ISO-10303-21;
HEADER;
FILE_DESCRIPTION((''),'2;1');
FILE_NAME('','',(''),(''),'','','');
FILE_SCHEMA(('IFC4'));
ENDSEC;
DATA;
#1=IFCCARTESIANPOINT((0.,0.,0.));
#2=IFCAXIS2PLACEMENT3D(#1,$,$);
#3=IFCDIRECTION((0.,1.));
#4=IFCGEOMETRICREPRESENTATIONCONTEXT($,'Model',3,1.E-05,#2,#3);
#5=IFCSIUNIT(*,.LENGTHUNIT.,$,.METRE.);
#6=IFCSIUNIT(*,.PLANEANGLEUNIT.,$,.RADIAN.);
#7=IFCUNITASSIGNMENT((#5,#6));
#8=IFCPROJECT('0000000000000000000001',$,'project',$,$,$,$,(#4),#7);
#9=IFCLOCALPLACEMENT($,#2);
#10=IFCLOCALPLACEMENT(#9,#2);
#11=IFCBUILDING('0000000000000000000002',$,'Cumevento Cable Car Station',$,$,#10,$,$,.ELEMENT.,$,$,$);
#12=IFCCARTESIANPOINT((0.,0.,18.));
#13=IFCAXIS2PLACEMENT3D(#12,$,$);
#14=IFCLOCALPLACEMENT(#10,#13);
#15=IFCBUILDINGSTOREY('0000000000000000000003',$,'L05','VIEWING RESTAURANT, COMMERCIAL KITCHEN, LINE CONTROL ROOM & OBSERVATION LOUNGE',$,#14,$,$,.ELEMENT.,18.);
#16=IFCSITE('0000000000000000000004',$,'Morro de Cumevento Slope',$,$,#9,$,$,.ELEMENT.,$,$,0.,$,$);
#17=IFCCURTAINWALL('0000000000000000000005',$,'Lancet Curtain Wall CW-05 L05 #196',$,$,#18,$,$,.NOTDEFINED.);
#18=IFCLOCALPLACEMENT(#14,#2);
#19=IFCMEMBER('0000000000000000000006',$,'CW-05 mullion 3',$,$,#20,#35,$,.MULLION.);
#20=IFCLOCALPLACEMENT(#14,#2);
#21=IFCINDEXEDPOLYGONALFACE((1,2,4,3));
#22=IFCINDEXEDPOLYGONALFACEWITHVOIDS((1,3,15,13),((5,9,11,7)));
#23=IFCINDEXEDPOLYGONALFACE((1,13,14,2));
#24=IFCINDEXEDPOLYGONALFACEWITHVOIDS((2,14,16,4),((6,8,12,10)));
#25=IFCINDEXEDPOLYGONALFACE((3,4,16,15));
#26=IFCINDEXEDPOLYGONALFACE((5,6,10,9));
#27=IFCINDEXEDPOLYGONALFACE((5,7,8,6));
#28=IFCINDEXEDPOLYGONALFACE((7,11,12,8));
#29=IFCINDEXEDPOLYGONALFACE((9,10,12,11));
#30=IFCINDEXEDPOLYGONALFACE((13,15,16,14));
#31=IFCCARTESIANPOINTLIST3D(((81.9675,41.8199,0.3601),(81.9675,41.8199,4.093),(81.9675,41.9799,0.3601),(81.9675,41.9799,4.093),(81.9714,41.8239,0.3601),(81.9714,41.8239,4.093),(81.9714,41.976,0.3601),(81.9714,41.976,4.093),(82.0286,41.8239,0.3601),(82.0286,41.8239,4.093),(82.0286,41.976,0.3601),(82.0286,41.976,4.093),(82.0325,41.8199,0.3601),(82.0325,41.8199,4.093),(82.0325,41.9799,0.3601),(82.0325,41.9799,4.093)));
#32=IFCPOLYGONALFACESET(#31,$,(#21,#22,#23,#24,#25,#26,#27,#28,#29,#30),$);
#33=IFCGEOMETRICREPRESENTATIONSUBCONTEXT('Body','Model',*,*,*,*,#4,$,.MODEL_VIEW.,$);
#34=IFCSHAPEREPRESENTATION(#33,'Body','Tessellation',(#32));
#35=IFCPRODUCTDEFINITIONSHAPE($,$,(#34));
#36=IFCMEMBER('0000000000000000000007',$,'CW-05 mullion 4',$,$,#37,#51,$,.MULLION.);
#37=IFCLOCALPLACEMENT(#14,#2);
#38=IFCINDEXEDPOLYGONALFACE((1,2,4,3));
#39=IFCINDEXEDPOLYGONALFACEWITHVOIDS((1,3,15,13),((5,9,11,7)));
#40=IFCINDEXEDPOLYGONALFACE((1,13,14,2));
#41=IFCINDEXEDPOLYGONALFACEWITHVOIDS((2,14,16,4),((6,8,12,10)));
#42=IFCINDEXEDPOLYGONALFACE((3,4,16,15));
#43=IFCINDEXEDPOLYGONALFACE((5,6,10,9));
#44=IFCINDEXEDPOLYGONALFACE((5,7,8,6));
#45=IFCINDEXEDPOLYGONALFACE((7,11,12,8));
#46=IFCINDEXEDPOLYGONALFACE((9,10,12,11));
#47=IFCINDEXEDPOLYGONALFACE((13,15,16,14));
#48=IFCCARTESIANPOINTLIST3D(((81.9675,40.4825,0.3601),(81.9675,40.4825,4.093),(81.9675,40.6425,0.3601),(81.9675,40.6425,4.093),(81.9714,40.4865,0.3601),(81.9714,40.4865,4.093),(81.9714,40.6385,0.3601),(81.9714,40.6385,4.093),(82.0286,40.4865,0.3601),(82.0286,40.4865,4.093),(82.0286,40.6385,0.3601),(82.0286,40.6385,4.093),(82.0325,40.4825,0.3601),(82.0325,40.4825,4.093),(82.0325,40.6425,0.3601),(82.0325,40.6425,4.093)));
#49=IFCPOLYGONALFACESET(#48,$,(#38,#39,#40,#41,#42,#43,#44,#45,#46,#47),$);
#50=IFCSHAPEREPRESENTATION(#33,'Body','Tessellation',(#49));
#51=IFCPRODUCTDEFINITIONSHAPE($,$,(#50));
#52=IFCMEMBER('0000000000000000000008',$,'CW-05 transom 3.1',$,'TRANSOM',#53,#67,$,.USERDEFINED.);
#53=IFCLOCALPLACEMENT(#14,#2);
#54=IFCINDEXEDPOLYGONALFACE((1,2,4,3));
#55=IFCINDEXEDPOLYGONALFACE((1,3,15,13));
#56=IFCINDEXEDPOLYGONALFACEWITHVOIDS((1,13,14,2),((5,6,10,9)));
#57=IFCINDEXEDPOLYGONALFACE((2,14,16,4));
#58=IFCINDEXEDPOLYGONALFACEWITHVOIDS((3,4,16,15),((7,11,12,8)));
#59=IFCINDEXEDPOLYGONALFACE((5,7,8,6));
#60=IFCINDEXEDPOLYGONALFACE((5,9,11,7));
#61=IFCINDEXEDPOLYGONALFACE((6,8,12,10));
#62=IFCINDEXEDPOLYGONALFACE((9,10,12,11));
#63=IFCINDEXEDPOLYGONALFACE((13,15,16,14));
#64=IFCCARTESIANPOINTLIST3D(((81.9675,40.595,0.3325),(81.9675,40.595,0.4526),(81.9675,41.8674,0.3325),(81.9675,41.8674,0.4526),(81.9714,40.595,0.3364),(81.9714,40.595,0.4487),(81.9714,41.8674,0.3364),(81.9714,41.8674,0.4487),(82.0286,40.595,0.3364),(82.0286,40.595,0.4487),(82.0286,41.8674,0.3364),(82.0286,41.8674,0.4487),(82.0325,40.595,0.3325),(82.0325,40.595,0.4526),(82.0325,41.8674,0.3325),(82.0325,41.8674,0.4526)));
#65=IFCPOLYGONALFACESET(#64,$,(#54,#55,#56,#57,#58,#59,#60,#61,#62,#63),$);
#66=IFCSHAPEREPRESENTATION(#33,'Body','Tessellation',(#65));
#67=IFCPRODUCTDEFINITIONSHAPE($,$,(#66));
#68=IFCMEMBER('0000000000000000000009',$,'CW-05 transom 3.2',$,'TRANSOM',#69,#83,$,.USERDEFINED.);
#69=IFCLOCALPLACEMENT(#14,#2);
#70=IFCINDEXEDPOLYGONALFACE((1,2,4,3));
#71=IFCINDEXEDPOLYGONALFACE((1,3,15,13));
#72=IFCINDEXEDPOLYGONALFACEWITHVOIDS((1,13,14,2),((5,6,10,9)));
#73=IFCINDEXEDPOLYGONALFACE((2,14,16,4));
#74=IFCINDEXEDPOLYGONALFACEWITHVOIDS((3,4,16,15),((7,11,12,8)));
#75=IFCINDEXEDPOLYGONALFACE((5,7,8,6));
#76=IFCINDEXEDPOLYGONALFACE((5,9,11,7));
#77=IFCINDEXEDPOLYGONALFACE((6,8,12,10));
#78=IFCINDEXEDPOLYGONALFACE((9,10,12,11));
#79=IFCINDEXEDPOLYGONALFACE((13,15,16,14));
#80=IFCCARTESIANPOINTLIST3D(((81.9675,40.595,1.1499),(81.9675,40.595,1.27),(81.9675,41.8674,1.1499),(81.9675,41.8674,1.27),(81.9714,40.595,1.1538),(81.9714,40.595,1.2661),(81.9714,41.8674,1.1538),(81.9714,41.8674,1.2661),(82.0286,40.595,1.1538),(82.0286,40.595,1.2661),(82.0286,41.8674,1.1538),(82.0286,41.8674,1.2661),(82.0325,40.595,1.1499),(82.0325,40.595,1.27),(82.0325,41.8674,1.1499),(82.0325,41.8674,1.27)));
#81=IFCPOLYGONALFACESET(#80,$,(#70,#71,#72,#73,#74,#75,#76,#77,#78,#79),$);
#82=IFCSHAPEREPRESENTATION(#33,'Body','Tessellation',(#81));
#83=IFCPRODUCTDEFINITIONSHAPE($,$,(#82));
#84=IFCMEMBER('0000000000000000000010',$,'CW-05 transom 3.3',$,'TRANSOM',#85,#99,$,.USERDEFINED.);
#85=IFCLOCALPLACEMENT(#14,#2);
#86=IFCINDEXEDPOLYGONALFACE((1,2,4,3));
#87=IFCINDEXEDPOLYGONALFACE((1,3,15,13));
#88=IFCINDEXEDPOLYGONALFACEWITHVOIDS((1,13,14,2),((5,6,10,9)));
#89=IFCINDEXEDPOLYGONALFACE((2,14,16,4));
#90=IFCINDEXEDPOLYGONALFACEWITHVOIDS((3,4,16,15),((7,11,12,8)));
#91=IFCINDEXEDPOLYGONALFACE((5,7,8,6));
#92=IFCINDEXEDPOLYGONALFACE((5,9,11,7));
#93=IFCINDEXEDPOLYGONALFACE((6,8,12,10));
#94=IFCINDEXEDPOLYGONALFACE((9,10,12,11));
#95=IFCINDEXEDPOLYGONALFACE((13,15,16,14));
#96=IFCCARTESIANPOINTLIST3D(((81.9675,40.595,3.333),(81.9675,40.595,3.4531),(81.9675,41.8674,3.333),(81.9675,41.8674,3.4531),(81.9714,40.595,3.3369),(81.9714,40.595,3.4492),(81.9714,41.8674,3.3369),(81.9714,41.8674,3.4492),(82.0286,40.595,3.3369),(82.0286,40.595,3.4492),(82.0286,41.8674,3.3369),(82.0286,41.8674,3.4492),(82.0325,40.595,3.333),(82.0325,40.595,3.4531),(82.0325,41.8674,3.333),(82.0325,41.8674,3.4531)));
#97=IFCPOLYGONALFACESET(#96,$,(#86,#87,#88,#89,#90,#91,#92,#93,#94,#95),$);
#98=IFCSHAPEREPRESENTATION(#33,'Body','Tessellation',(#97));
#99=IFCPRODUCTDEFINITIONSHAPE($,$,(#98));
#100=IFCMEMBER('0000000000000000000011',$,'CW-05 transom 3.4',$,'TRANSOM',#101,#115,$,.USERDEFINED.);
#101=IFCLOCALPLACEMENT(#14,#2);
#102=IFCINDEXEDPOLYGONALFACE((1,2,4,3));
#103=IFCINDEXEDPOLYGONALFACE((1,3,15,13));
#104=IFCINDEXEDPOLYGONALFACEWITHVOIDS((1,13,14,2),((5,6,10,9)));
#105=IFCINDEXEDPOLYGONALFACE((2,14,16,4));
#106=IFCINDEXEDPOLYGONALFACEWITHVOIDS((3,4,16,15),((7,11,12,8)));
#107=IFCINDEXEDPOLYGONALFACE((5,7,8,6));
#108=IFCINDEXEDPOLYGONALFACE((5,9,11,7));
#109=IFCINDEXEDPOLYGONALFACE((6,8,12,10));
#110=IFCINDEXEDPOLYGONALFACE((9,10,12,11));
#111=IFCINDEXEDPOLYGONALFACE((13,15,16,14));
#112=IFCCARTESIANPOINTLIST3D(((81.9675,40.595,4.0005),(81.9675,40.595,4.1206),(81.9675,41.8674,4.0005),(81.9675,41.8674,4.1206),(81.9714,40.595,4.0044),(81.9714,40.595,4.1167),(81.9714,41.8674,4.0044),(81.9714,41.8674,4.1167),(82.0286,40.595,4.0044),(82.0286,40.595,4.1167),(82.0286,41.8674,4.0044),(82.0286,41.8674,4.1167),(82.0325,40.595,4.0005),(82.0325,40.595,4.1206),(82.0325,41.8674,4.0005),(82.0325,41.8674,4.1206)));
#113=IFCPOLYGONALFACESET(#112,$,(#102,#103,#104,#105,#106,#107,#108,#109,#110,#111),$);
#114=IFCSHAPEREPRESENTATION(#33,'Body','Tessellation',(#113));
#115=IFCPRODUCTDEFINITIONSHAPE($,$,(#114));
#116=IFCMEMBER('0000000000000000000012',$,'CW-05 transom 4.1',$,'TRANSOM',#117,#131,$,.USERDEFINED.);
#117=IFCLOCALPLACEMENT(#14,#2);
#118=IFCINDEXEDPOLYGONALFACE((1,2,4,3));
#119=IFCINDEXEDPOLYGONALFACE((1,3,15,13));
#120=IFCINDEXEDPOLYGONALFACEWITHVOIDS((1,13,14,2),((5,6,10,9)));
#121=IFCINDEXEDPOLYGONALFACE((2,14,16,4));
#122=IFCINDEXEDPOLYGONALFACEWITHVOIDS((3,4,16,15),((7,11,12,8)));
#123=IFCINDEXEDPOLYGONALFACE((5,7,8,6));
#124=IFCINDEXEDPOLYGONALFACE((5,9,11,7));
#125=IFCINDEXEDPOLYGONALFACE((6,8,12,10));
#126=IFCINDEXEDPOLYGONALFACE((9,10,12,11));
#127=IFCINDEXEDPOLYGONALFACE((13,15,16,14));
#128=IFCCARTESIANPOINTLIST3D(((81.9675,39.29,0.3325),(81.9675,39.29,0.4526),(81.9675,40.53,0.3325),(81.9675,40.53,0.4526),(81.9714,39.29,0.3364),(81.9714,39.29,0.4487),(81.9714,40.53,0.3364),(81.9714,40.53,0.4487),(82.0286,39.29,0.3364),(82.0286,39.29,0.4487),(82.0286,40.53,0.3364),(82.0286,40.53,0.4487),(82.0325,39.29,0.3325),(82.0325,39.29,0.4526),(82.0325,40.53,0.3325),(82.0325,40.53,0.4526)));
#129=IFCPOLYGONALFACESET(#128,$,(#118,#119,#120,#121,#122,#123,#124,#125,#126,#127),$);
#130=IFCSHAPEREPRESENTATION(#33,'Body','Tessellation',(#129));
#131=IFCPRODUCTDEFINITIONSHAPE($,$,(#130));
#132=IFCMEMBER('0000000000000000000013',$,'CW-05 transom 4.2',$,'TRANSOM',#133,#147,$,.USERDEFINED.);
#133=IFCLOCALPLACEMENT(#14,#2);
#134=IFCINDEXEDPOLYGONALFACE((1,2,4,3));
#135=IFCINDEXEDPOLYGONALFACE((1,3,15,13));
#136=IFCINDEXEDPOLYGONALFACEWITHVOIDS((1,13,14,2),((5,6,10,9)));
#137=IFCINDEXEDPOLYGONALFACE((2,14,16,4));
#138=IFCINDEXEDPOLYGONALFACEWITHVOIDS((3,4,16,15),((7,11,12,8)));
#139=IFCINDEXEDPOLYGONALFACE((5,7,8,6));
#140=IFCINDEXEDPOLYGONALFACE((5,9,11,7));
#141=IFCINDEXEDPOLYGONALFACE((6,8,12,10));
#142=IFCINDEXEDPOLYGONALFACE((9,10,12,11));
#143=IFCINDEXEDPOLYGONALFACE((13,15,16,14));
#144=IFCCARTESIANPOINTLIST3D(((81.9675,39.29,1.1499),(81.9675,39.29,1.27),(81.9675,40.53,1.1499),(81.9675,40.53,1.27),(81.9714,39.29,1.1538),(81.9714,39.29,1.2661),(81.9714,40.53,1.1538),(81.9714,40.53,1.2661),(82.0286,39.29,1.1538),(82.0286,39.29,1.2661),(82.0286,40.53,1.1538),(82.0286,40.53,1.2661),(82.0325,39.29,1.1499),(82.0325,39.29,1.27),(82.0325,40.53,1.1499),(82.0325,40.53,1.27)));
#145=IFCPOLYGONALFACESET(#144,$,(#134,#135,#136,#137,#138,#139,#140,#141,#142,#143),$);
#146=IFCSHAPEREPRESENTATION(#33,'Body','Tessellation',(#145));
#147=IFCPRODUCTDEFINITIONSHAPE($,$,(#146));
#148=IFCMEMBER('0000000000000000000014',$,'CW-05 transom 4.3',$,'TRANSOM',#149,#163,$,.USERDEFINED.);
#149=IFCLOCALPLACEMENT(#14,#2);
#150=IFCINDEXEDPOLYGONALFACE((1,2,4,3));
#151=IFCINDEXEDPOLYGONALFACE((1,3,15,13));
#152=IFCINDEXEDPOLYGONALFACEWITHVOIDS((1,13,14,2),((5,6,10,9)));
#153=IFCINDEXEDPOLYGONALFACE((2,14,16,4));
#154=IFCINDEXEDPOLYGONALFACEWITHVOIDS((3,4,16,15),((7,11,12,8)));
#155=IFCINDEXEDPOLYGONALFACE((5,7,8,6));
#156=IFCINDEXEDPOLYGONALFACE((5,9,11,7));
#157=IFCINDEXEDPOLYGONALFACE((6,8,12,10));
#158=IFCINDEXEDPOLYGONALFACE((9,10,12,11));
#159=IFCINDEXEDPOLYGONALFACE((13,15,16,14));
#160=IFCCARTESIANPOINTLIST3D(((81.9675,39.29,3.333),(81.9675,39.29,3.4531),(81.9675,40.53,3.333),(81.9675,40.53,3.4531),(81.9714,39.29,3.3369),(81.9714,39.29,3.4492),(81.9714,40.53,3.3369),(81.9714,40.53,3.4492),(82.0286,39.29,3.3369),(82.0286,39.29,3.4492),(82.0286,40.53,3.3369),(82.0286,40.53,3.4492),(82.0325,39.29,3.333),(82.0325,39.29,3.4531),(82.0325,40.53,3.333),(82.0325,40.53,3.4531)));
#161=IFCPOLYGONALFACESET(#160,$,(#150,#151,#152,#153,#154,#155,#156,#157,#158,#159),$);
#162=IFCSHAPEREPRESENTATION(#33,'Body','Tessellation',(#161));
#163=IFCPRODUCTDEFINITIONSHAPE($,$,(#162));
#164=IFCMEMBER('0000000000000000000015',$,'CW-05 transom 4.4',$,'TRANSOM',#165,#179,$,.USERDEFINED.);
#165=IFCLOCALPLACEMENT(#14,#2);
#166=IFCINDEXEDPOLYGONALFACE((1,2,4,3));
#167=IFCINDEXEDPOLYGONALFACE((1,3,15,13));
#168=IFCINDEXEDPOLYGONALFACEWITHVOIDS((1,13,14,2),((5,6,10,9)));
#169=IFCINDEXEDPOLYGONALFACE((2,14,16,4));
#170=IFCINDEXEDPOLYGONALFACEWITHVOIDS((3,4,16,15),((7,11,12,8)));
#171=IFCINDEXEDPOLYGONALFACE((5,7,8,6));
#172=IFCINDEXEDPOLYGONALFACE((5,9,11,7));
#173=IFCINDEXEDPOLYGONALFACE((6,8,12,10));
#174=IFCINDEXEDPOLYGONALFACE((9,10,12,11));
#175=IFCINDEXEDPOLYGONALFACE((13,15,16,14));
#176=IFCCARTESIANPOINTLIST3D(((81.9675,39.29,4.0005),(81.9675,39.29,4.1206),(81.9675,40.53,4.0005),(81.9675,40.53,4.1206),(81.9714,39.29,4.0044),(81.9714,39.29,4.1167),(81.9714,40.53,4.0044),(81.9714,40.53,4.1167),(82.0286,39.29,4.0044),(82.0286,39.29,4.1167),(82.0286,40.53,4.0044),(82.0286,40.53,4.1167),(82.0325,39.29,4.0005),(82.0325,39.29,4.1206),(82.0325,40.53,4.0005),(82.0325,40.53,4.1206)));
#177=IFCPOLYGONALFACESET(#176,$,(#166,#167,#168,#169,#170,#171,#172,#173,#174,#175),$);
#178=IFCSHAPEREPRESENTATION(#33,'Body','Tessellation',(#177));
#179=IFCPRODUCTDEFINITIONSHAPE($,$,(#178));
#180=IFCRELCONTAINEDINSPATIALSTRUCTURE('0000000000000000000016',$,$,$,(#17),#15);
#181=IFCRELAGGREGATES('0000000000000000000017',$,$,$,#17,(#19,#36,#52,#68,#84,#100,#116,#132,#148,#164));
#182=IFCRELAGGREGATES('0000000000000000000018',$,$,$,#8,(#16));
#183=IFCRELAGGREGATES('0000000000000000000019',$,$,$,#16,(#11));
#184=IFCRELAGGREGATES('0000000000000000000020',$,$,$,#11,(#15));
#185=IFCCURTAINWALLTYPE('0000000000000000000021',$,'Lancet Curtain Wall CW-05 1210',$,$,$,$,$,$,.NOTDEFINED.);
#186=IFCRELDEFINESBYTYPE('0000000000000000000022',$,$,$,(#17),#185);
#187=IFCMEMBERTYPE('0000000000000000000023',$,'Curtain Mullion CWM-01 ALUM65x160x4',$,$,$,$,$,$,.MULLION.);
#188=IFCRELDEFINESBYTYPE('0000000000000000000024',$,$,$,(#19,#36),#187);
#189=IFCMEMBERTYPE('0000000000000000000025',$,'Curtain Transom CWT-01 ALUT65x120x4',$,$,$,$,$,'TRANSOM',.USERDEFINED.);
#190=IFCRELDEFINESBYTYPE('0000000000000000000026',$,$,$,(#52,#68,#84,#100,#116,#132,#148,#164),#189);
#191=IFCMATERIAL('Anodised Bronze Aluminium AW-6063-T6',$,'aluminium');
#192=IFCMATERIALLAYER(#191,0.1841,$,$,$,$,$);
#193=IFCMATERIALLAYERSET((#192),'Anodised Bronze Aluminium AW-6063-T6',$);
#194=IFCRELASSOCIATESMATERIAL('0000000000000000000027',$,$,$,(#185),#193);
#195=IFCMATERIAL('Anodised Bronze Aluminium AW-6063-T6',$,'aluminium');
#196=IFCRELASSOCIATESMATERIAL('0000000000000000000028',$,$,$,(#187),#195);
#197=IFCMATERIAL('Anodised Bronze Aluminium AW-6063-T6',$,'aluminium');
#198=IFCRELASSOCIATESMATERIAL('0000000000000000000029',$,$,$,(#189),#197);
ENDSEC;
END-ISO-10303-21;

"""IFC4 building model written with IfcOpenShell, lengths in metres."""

from ifc_helpers import new_model, si_unit, direction, frame, origin, origin_2d, place, context, subcontext, project, spatial, hollow_rectangle, extrude, material, layer, layer_set, material_profile, profile_set, type_object, element, aggregate, save


model = new_model("IFC4")

# Units and contexts
model_context = context("Model", 3, precision=1e-05, world=origin(), true_north=direction((0.0, 1.0)))
body_context = subcontext(model_context, "Body", "Model", "MODEL_VIEW")
ifc_project = project(units=[si_unit("LENGTHUNIT", "METRE"), si_unit("PLANEANGLEUNIT", "RADIAN")], contexts=[model_context])

# Site, building, storey
site_placement = place(None, origin())
site = spatial("IfcSite", under=ifc_project, at=site_placement, Name="Morro de Cumevento Slope", CompositionType="ELEMENT", RefElevation=0.0)
building_placement = place(site_placement, origin())
building = spatial("IfcBuilding", under=site, at=building_placement, Name="Cumevento Cable Car Station", CompositionType="ELEMENT")
storey_placement = place(building_placement, frame((0.0, 0.0, 18.0)))
storey = spatial("IfcBuildingStorey", under=building, at=storey_placement, Name="L05", Description="VIEWING RESTAURANT, COMMERCIAL KITCHEN, LINE CONTROL ROOM & OBSERVATION LOUNGE", CompositionType="ELEMENT", Elevation=18.0)

# Curtain wall, members
ifc_material_1 = material(Name="Anodised Bronze Aluminium AW-6063-T6", Category="aluminium")
ifc_layer_1 = layer(ifc_material_1, 0.1841)
ifc_layer_set_1 = layer_set([ifc_layer_1], Name="Anodised Bronze Aluminium AW-6063-T6")
curtain_wall_type = type_object("IfcCurtainWallType", Name="Lancet Curtain Wall CW-05 1210", PredefinedType="NOTDEFINED", material=ifc_layer_set_1)
curtain_wall_placement = place(storey_placement, origin())
curtain_wall = element("IfcCurtainWall", 1, at=curtain_wall_placement, inside=storey, type_object=curtain_wall_type, Name="Lancet Curtain Wall CW-05 L05 #196", PredefinedType="NOTDEFINED")
ifc_material_2 = material(Name="Anodised Bronze Aluminium AW-6063-T6", Category="aluminium")
ifc_material_profile_1 = material_profile(ifc_material_2, hollow_rectangle(XDim=0.0649, YDim=0.1599, WallThickness=0.0039, at=origin_2d()), Name="ALUM65x160x4")
ifc_profile_set_1 = profile_set([ifc_material_profile_1], Name="Anodised Bronze Aluminium AW-6063-T6")
member_type_1 = type_object("IfcMemberType", Name="Curtain Mullion CWM-01 ALUM65x160x4", PredefinedType="MULLION", material=ifc_profile_set_1)
member_1_placement = place(storey_placement, frame((82.0, 41.8999, 0.3601), z_axis=(0.0, 0.0, 1.0), x_axis=(1.0, 0.0, 0.0)))
member_1 = element("IfcMember", 2, at=member_1_placement, type_object=member_type_1, Name="CW-05 mullion 3", PredefinedType="MULLION", context=body_context, shape_type="SweptSolid", body=[
    extrude(hollow_rectangle(XDim=0.0649, YDim=0.1599, WallThickness=0.0039, at=origin_2d()), origin(), (0.0, 0.0, 1.0), 3.7329),
])
member_2_placement = place(storey_placement, frame((82.0, 40.5625, 0.3601), z_axis=(0.0, 0.0, 1.0), x_axis=(1.0, 0.0, 0.0)))
member_2 = element("IfcMember", 3, at=member_2_placement, type_object=member_type_1, Name="CW-05 mullion 4", PredefinedType="MULLION", context=body_context, shape_type="SweptSolid", body=[
    extrude(hollow_rectangle(XDim=0.0649, YDim=0.1599, WallThickness=0.0039, at=origin_2d()), origin(), (0.0, 0.0, 1.0), 3.7329),
])
ifc_material_3 = material(Name="Anodised Bronze Aluminium AW-6063-T6", Category="aluminium")
ifc_material_profile_2 = material_profile(ifc_material_3, hollow_rectangle(XDim=0.0649, YDim=0.1201, WallThickness=0.0039, at=origin_2d()), Name="ALUT65x120x4")
ifc_profile_set_2 = profile_set([ifc_material_profile_2], Name="Anodised Bronze Aluminium AW-6063-T6")
member_type_2 = type_object("IfcMemberType", Name="Curtain Transom CWT-01 ALUT65x120x4", ElementType="TRANSOM", PredefinedType="USERDEFINED", material=ifc_profile_set_2)
member_3_placement = place(storey_placement, frame((82.0, 41.8674, 0.3926), z_axis=(0.0, -1.0, 0.0), x_axis=(1.0, 0.0, 0.0)))
member_3 = element("IfcMember", 4, at=member_3_placement, type_object=member_type_2, Name="CW-05 transom 3.1", ObjectType="TRANSOM", PredefinedType="USERDEFINED", context=body_context, shape_type="SweptSolid", body=[
    extrude(hollow_rectangle(XDim=0.0649, YDim=0.1201, WallThickness=0.0039, at=origin_2d()), origin(), (0.0, 0.0, 1.0), 1.2725),
])
member_4_placement = place(storey_placement, frame((82.0, 41.8674, 1.21), z_axis=(0.0, -1.0, 0.0), x_axis=(1.0, 0.0, 0.0)))
member_4 = element("IfcMember", 5, at=member_4_placement, type_object=member_type_2, Name="CW-05 transom 3.2", ObjectType="TRANSOM", PredefinedType="USERDEFINED", context=body_context, shape_type="SweptSolid", body=[
    extrude(hollow_rectangle(XDim=0.0649, YDim=0.1201, WallThickness=0.0039, at=origin_2d()), origin(), (0.0, 0.0, 1.0), 1.2725),
])
member_5_placement = place(storey_placement, frame((82.0, 41.8674, 3.3931), z_axis=(0.0, -1.0, 0.0), x_axis=(1.0, 0.0, 0.0)))
member_5 = element("IfcMember", 6, at=member_5_placement, type_object=member_type_2, Name="CW-05 transom 3.3", ObjectType="TRANSOM", PredefinedType="USERDEFINED", context=body_context, shape_type="SweptSolid", body=[
    extrude(hollow_rectangle(XDim=0.0649, YDim=0.1201, WallThickness=0.0039, at=origin_2d()), origin(), (0.0, 0.0, 1.0), 1.2725),
])
member_6_placement = place(storey_placement, frame((82.0, 41.8674, 4.0605), z_axis=(0.0, -1.0, 0.0), x_axis=(1.0, 0.0, 0.0)))
member_6 = element("IfcMember", 7, at=member_6_placement, type_object=member_type_2, Name="CW-05 transom 3.4", ObjectType="TRANSOM", PredefinedType="USERDEFINED", context=body_context, shape_type="SweptSolid", body=[
    extrude(hollow_rectangle(XDim=0.0649, YDim=0.1201, WallThickness=0.0039, at=origin_2d()), origin(), (0.0, 0.0, 1.0), 1.2725),
])
member_7_placement = place(storey_placement, frame((82.0, 40.53, 0.3926), z_axis=(0.0, -1.0, 0.0), x_axis=(1.0, 0.0, 0.0)))
member_7 = element("IfcMember", 8, at=member_7_placement, type_object=member_type_2, Name="CW-05 transom 4.1", ObjectType="TRANSOM", PredefinedType="USERDEFINED", context=body_context, shape_type="SweptSolid", body=[
    extrude(hollow_rectangle(XDim=0.0649, YDim=0.1201, WallThickness=0.0039, at=origin_2d()), origin(), (0.0, 0.0, 1.0), 1.24),
])
member_8_placement = place(storey_placement, frame((82.0, 40.53, 1.21), z_axis=(0.0, -1.0, 0.0), x_axis=(1.0, 0.0, 0.0)))
member_8 = element("IfcMember", 9, at=member_8_placement, type_object=member_type_2, Name="CW-05 transom 4.2", ObjectType="TRANSOM", PredefinedType="USERDEFINED", context=body_context, shape_type="SweptSolid", body=[
    extrude(hollow_rectangle(XDim=0.0649, YDim=0.1201, WallThickness=0.0039, at=origin_2d()), origin(), (0.0, 0.0, 1.0), 1.24),
])
member_9_placement = place(storey_placement, frame((82.0, 40.53, 3.3931), z_axis=(0.0, -1.0, 0.0), x_axis=(1.0, 0.0, 0.0)))
member_9 = element("IfcMember", 10, at=member_9_placement, type_object=member_type_2, Name="CW-05 transom 4.3", ObjectType="TRANSOM", PredefinedType="USERDEFINED", context=body_context, shape_type="SweptSolid", body=[
    extrude(hollow_rectangle(XDim=0.0649, YDim=0.1201, WallThickness=0.0039, at=origin_2d()), origin(), (0.0, 0.0, 1.0), 1.24),
])
member_10_placement = place(storey_placement, frame((82.0, 40.53, 4.0605), z_axis=(0.0, -1.0, 0.0), x_axis=(1.0, 0.0, 0.0)))
member_10 = element("IfcMember", 11, at=member_10_placement, type_object=member_type_2, Name="CW-05 transom 4.4", ObjectType="TRANSOM", PredefinedType="USERDEFINED", context=body_context, shape_type="SweptSolid", body=[
    extrude(hollow_rectangle(XDim=0.0649, YDim=0.1201, WallThickness=0.0039, at=origin_2d()), origin(), (0.0, 0.0, 1.0), 1.24),
])

aggregate(curtain_wall, [member_1, member_2, member_3, member_4, member_5, member_6, member_7, member_8, member_9, member_10])

save(model, "model.ifc")
